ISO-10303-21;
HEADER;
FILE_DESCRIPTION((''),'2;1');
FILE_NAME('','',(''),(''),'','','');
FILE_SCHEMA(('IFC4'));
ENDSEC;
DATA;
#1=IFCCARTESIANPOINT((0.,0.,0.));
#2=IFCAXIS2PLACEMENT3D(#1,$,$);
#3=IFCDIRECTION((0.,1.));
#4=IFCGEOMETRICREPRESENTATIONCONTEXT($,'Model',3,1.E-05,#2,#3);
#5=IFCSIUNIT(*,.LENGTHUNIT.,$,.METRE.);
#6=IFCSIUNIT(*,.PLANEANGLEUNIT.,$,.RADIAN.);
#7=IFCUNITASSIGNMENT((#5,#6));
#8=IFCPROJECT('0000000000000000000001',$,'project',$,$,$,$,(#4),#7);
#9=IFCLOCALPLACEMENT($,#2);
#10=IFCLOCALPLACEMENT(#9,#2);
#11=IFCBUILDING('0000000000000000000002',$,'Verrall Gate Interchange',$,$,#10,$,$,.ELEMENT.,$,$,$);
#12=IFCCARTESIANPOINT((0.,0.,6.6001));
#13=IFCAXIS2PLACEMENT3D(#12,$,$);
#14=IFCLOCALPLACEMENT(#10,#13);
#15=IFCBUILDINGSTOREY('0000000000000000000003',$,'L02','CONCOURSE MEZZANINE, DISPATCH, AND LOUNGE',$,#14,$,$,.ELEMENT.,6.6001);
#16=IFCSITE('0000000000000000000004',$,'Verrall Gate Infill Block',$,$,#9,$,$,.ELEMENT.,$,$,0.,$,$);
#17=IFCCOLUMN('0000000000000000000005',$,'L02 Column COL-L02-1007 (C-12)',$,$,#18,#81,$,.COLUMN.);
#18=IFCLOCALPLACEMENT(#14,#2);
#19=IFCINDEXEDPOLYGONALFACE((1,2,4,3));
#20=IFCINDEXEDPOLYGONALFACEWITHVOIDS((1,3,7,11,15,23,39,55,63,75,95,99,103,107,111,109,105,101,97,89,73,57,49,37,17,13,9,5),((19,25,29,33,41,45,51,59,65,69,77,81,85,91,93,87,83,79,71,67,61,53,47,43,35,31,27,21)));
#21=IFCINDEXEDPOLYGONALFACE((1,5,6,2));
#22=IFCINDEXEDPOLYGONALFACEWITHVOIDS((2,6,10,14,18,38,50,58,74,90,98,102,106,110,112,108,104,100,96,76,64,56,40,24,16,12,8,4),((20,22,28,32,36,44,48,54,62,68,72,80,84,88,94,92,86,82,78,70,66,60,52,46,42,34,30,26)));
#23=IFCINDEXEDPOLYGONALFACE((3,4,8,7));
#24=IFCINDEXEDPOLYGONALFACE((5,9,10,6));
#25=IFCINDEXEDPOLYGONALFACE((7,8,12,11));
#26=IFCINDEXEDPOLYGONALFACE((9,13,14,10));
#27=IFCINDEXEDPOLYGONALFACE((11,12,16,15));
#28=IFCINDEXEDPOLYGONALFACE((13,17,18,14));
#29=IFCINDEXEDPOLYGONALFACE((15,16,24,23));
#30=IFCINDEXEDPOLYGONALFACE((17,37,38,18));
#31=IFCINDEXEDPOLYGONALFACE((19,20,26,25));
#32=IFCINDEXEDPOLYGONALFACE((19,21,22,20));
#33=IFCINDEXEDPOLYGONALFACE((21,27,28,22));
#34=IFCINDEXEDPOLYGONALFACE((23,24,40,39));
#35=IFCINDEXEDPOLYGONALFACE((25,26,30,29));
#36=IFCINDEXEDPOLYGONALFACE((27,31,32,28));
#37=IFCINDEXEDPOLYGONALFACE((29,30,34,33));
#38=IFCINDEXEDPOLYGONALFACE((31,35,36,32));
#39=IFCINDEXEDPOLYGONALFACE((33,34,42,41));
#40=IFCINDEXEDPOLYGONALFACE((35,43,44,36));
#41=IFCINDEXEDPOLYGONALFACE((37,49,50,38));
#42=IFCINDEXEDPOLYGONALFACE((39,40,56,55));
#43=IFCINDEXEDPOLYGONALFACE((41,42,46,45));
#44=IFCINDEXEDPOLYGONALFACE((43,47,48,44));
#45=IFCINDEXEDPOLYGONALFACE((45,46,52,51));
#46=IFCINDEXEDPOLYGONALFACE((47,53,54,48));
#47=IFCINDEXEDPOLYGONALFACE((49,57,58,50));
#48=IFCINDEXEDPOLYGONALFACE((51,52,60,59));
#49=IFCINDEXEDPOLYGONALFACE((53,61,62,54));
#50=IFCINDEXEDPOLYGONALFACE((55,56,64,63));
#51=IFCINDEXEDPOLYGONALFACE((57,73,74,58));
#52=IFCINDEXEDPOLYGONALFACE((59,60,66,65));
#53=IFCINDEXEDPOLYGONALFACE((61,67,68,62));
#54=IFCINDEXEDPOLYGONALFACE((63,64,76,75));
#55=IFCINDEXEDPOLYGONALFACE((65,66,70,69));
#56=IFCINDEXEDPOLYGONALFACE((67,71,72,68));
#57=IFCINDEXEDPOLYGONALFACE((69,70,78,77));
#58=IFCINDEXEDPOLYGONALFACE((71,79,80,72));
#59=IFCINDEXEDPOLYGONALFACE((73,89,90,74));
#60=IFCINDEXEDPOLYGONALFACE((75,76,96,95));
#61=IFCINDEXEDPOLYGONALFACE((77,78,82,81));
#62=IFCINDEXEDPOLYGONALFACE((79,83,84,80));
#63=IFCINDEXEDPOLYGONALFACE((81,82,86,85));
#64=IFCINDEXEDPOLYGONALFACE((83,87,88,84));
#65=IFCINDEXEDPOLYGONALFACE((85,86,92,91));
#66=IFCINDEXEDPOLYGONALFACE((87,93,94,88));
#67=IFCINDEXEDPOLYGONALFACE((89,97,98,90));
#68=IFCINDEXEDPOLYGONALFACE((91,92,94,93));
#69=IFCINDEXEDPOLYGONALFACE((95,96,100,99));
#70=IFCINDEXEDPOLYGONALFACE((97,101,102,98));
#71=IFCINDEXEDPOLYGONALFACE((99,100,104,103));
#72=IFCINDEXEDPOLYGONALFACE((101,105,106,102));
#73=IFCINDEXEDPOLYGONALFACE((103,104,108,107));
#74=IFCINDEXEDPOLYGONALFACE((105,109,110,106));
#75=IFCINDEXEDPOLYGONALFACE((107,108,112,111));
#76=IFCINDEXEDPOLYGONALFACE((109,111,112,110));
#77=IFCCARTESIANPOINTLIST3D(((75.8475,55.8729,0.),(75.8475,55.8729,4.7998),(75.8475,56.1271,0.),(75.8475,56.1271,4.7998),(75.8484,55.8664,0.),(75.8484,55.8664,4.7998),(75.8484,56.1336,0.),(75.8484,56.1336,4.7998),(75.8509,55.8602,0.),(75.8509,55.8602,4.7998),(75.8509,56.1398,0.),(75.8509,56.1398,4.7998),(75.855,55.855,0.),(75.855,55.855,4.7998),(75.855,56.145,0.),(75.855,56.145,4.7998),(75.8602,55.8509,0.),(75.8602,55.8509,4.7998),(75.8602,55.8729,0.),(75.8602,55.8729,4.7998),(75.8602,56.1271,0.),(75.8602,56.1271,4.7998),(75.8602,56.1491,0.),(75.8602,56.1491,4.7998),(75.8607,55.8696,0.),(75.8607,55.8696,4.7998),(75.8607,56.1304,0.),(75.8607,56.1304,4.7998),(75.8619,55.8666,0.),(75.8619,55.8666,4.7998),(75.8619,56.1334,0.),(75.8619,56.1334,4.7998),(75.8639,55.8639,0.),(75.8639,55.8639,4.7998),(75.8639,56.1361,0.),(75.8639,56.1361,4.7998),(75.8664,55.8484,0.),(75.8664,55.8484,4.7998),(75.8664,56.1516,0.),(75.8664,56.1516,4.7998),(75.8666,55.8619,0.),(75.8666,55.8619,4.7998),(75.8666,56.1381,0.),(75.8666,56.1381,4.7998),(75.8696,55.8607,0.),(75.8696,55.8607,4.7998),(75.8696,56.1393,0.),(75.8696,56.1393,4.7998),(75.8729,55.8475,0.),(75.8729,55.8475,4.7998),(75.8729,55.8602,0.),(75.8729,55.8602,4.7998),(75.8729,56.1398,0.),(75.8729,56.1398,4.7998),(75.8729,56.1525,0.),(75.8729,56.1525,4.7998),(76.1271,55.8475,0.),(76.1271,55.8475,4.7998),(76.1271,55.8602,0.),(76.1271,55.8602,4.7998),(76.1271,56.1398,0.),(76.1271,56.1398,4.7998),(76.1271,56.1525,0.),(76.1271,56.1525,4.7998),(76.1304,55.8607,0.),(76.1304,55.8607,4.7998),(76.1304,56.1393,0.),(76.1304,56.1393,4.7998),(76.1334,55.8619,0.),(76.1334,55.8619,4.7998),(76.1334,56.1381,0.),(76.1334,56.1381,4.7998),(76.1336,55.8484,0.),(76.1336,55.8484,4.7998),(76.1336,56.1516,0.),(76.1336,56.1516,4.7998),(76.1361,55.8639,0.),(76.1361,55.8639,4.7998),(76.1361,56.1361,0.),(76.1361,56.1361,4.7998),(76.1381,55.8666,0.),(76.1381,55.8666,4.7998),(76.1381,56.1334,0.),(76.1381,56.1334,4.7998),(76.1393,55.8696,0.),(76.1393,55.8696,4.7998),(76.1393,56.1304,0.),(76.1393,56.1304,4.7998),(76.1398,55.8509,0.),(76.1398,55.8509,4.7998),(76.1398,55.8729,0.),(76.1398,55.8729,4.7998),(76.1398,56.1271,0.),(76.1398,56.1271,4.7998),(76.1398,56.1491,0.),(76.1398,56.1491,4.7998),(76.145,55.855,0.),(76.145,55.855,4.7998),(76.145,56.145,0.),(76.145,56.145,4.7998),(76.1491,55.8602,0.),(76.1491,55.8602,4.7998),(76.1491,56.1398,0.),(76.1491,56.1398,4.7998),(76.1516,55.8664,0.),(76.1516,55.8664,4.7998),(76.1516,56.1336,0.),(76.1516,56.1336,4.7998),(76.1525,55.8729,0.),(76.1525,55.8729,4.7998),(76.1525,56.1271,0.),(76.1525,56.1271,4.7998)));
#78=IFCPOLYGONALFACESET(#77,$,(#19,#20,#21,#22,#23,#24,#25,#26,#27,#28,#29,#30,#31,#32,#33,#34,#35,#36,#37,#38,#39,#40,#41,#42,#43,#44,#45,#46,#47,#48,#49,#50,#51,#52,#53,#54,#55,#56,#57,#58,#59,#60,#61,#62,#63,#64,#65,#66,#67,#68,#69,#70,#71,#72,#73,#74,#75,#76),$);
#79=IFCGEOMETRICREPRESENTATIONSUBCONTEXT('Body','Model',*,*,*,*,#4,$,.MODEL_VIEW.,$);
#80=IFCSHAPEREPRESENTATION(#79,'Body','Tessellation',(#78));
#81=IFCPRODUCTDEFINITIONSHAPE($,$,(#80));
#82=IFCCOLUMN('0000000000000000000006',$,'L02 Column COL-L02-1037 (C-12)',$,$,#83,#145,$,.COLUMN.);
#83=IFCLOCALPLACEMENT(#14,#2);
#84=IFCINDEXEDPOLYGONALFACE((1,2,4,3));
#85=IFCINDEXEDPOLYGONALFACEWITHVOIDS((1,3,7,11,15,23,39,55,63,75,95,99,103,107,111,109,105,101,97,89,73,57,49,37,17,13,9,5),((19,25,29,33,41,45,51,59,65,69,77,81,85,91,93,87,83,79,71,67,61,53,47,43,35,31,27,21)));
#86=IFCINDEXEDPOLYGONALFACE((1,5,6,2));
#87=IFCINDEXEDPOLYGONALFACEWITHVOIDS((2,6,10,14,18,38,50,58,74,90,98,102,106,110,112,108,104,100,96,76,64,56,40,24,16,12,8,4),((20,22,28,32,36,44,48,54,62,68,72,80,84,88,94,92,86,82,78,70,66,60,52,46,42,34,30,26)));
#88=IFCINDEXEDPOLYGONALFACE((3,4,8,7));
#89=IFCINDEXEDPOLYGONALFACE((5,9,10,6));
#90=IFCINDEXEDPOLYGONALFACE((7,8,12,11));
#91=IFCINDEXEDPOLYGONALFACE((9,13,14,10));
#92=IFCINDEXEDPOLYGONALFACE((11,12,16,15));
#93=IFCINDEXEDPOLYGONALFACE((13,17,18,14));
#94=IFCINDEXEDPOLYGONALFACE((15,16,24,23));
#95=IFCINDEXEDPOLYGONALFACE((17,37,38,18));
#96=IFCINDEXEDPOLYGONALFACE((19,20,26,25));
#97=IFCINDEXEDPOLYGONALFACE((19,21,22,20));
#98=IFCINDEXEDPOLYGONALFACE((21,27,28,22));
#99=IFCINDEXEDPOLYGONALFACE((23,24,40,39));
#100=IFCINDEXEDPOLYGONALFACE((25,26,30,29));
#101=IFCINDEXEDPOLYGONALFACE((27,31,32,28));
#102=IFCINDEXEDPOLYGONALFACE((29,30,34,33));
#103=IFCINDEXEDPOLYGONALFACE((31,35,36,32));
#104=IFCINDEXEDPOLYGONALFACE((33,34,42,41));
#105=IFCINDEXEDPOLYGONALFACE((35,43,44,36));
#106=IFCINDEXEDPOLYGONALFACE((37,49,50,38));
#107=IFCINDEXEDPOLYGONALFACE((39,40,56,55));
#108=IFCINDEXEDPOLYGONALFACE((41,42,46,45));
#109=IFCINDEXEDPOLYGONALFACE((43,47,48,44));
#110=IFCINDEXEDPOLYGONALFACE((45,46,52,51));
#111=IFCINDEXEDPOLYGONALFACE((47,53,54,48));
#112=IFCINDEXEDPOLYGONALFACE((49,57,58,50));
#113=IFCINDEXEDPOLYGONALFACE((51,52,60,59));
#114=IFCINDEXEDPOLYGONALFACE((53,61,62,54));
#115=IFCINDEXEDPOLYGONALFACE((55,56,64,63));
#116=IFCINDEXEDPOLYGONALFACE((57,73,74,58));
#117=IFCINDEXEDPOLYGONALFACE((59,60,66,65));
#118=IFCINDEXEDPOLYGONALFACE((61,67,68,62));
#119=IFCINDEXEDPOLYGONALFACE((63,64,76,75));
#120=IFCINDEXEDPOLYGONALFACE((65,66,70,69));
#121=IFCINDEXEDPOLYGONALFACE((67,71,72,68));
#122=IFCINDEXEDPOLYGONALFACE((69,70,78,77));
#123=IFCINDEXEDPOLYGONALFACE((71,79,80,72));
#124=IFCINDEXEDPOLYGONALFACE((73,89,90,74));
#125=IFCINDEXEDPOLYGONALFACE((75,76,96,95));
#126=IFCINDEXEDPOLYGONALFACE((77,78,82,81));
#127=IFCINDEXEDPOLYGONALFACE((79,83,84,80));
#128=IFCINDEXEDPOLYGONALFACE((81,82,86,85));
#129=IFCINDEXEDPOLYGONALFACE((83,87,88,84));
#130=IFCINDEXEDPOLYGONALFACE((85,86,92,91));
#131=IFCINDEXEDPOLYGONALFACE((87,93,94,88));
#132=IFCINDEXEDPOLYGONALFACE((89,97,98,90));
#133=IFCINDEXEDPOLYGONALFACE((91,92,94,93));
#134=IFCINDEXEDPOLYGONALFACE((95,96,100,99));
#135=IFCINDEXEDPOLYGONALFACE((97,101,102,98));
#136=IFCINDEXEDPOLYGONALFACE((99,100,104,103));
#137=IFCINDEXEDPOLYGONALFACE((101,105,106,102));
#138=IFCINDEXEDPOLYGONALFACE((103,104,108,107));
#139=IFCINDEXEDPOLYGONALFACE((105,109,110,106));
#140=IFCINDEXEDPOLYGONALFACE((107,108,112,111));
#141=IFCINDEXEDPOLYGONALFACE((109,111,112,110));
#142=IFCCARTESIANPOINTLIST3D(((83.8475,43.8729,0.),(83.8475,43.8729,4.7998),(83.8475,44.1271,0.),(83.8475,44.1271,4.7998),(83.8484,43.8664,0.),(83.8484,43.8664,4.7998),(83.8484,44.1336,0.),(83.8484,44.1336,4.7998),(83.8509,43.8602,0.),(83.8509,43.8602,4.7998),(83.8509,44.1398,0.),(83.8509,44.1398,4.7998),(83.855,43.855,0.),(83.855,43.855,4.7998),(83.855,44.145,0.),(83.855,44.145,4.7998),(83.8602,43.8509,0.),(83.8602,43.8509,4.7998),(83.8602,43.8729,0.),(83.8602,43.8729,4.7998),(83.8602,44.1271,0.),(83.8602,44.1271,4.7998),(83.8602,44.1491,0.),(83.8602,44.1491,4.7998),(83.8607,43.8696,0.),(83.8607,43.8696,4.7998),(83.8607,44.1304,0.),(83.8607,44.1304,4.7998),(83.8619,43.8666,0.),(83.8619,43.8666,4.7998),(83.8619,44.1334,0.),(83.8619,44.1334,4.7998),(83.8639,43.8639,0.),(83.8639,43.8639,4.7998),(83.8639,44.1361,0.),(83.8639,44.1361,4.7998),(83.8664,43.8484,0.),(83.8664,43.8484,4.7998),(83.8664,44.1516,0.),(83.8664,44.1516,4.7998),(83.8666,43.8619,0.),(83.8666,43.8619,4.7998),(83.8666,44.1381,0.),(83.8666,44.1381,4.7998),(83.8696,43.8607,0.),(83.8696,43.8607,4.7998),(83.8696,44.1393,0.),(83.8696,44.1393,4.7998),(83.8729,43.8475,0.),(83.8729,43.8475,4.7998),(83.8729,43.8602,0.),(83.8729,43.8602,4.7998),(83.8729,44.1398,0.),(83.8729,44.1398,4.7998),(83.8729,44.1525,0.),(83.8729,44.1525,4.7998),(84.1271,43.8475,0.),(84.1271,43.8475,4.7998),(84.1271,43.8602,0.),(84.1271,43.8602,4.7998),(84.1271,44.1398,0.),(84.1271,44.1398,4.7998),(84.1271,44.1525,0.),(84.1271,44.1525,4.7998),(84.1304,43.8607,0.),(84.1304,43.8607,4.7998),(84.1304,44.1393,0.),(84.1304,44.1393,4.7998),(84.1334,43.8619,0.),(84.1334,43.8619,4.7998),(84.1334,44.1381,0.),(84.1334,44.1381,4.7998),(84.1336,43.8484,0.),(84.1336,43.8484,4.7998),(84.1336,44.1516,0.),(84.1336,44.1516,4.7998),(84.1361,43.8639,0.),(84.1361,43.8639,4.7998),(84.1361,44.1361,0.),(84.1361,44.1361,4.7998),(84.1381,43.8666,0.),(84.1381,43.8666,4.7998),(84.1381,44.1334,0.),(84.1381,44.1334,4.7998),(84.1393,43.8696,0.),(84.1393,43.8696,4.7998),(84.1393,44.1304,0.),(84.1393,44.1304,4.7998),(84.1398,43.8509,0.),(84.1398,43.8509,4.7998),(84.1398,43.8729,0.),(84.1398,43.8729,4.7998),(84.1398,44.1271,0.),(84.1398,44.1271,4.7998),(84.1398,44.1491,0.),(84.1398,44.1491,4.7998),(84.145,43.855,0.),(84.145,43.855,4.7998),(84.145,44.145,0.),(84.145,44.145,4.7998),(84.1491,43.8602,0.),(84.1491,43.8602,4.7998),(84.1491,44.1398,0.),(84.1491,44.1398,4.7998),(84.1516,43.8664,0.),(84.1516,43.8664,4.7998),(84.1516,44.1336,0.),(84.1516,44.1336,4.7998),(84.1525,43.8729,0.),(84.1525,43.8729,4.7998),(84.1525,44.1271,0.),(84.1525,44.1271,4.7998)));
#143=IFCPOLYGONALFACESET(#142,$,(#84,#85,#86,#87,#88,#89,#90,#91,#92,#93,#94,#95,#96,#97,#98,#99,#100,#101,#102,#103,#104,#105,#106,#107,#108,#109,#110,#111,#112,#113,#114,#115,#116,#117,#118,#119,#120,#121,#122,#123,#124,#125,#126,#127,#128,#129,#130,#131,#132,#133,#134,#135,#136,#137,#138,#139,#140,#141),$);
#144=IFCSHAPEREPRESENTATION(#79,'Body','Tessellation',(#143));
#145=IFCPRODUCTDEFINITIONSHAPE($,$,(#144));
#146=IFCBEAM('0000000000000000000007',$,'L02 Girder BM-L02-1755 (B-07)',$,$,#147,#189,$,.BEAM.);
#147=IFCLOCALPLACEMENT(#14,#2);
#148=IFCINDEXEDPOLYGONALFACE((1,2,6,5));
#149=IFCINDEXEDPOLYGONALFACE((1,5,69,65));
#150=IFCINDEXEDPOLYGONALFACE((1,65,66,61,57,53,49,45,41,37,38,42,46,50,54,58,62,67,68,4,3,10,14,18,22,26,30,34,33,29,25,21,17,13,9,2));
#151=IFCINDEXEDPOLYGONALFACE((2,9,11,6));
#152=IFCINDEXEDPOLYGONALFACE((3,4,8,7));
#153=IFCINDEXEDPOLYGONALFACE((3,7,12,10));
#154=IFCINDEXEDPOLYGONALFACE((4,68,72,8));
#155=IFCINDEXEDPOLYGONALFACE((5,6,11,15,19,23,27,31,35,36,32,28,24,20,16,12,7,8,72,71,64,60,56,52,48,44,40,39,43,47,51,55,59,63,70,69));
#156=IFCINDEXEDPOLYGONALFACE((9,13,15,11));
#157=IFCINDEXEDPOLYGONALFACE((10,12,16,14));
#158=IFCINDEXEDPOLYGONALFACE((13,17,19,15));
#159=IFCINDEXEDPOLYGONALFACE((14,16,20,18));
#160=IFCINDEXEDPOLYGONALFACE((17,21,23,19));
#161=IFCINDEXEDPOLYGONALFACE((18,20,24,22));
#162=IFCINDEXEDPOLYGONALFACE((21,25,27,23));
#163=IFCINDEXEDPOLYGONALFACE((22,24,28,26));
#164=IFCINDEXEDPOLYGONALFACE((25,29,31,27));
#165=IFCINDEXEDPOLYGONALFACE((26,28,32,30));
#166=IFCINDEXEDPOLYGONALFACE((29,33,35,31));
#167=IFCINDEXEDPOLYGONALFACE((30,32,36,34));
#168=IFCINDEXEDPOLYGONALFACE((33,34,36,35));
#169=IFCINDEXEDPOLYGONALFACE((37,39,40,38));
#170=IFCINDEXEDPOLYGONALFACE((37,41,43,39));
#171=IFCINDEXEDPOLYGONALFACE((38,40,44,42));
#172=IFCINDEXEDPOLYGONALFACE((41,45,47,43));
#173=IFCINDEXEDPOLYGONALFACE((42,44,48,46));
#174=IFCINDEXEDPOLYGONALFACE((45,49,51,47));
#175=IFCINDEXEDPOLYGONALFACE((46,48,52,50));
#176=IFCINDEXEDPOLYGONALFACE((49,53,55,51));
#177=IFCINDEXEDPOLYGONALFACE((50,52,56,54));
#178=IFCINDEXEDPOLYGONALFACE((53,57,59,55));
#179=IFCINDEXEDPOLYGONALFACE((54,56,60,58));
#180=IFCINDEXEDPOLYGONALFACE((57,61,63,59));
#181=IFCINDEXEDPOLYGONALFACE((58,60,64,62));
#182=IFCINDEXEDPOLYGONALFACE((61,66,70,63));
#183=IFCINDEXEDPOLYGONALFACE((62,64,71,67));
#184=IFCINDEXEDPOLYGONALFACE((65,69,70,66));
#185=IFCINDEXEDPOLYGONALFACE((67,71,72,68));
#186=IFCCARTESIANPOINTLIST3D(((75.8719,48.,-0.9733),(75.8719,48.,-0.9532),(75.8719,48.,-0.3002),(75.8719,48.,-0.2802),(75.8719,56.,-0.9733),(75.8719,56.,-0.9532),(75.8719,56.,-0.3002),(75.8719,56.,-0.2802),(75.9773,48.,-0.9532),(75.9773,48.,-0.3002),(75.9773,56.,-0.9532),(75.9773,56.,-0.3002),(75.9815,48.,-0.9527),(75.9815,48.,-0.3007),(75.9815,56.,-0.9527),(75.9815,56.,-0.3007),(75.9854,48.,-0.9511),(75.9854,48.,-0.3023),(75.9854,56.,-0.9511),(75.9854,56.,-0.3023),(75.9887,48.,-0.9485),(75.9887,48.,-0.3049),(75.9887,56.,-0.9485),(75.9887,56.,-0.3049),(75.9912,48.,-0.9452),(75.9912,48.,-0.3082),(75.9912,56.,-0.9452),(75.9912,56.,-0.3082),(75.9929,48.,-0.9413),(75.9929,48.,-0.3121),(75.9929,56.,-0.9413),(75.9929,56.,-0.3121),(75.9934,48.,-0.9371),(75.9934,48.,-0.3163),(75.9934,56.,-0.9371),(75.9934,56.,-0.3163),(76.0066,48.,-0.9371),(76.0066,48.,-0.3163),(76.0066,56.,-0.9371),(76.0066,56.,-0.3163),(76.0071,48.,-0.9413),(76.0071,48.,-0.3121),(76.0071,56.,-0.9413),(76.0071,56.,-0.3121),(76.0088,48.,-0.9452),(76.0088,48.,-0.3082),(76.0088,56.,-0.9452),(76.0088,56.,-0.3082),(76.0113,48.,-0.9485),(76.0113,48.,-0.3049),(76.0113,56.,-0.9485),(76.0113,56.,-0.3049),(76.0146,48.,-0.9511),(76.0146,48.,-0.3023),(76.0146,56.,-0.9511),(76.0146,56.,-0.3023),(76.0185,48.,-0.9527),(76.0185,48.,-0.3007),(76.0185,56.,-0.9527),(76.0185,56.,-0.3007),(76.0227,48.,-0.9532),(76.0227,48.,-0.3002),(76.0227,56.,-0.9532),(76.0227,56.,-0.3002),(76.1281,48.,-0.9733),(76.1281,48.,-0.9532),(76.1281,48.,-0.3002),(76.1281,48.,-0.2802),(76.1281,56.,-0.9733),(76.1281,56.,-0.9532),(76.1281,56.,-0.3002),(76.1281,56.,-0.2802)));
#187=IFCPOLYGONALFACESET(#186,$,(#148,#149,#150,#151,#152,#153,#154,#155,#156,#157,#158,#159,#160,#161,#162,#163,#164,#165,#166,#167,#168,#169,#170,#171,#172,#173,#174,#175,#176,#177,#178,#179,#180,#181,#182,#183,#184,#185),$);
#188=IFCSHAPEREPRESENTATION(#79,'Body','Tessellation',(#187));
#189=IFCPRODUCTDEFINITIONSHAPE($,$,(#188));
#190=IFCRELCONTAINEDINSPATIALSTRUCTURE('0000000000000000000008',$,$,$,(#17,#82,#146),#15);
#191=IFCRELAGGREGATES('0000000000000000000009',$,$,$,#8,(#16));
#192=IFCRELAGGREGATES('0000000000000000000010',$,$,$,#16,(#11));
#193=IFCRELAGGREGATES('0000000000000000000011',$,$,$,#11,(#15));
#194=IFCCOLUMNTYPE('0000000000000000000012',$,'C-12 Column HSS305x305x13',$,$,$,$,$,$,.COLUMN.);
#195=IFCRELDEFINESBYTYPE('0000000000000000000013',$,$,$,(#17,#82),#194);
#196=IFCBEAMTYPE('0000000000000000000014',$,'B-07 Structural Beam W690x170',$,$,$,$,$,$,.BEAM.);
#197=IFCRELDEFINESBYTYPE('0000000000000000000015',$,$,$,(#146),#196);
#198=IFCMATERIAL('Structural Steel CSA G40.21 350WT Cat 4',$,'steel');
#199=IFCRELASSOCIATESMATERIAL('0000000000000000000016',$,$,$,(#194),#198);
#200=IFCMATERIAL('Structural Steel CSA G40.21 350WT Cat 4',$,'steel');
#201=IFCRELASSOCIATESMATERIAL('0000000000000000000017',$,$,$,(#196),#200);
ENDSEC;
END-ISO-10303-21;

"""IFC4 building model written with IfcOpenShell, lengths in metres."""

from ifc_helpers import new_model, si_unit, direction, frame, origin, origin_2d, place, context, subcontext, project, spatial, hollow_rectangle, i_section, extrude, material, material_profile, profile_set, type_object, element, save


model = new_model("IFC4")

# Units and contexts
model_context = context("Model", 3, precision=1e-05, world=origin(), true_north=direction((0.0, 1.0)))
body_context = subcontext(model_context, "Body", "Model", "MODEL_VIEW")
ifc_project = project(units=[si_unit("LENGTHUNIT", "METRE"), si_unit("PLANEANGLEUNIT", "RADIAN")], contexts=[model_context])

# Site, building, storey
site_placement = place(None, origin())
site = spatial("IfcSite", under=ifc_project, at=site_placement, Name="Verrall Gate Infill Block", CompositionType="ELEMENT", RefElevation=0.0)
building_placement = place(site_placement, origin())
building = spatial("IfcBuilding", under=site, at=building_placement, Name="Verrall Gate Interchange", CompositionType="ELEMENT")
storey_placement = place(building_placement, frame((0.0, 0.0, 6.6001)))
storey = spatial("IfcBuildingStorey", under=building, at=storey_placement, Name="L02", Description="CONCOURSE MEZZANINE, DISPATCH, AND LOUNGE", CompositionType="ELEMENT", Elevation=6.6001)

# Columns
ifc_material_1 = material(Name="Structural Steel CSA G40.21 350WT Cat 4", Category="steel")
ifc_material_profile_1 = material_profile(ifc_material_1, hollow_rectangle(XDim=0.3049, YDim=0.3049, WallThickness=0.0127, InnerFilletRadius=0.0127, OuterFilletRadius=0.0254, at=origin_2d()), Name="HSS305x305x13")
ifc_profile_set_1 = profile_set([ifc_material_profile_1], Name="Structural Steel CSA G40.21 350WT Cat 4")
column_type_1 = type_object("IfcColumnType", Name="C-12 Column HSS305x305x13", PredefinedType="COLUMN", material=ifc_profile_set_1)
for number, where, z_axis, x_axis, name in (
    (1, (76.0, 56.0, 0.0), (0.0, 0.0, 1.0), (1.0, 0.0, 0.0), "L02 Column COL-L02-1007 (C-12)"),
    (2, (84.0, 44.0, 0.0), (0.0, 0.0, 1.0), (1.0, 0.0, 0.0), "L02 Column COL-L02-1037 (C-12)"),
):
    element("IfcColumn", number, at=place(storey_placement, frame(where, z_axis=z_axis, x_axis=x_axis)), inside=storey, type_object=column_type_1, Name=name, PredefinedType="COLUMN", context=body_context, shape_type="SweptSolid", body=[
        extrude(hollow_rectangle(XDim=0.3049, YDim=0.3049, WallThickness=0.0127, InnerFilletRadius=0.0127, OuterFilletRadius=0.0254, at=origin_2d()), origin(), (0.0, 0.0, 1.0), 4.7998),
    ])

# Beam
ifc_material_2 = material(Name="Structural Steel CSA G40.21 350WT Cat 4", Category="steel")
ifc_material_profile_2 = material_profile(ifc_material_2, i_section(OverallWidth=0.2561, OverallDepth=0.6931, WebThickness=0.0132, FlangeThickness=0.02, FilletRadius=0.0161, at=origin_2d()), Name="W690x170")
ifc_profile_set_2 = profile_set([ifc_material_profile_2], Name="Structural Steel CSA G40.21 350WT Cat 4")
beam_type_1 = type_object("IfcBeamType", Name="B-07 Structural Beam W690x170", PredefinedType="BEAM", material=ifc_profile_set_2)
for number, where, z_axis, x_axis, name in (
    (3, (76.0, 48.0, -0.6267), (0.0, 1.0, 0.0), (-1.0, 0.0, 0.0), "L02 Girder BM-L02-1755 (B-07)"),
):
    element("IfcBeam", number, at=place(storey_placement, frame(where, z_axis=z_axis, x_axis=x_axis)), inside=storey, type_object=beam_type_1, Name=name, PredefinedType="BEAM", context=body_context, shape_type="SweptSolid", body=[
        extrude(i_section(OverallWidth=0.2561, OverallDepth=0.6931, WebThickness=0.0132, FlangeThickness=0.02, FilletRadius=0.0161, at=origin_2d()), origin(), (0.0, 0.0, 1.0), 8.0),
    ])

save(model, "model.ifc")
